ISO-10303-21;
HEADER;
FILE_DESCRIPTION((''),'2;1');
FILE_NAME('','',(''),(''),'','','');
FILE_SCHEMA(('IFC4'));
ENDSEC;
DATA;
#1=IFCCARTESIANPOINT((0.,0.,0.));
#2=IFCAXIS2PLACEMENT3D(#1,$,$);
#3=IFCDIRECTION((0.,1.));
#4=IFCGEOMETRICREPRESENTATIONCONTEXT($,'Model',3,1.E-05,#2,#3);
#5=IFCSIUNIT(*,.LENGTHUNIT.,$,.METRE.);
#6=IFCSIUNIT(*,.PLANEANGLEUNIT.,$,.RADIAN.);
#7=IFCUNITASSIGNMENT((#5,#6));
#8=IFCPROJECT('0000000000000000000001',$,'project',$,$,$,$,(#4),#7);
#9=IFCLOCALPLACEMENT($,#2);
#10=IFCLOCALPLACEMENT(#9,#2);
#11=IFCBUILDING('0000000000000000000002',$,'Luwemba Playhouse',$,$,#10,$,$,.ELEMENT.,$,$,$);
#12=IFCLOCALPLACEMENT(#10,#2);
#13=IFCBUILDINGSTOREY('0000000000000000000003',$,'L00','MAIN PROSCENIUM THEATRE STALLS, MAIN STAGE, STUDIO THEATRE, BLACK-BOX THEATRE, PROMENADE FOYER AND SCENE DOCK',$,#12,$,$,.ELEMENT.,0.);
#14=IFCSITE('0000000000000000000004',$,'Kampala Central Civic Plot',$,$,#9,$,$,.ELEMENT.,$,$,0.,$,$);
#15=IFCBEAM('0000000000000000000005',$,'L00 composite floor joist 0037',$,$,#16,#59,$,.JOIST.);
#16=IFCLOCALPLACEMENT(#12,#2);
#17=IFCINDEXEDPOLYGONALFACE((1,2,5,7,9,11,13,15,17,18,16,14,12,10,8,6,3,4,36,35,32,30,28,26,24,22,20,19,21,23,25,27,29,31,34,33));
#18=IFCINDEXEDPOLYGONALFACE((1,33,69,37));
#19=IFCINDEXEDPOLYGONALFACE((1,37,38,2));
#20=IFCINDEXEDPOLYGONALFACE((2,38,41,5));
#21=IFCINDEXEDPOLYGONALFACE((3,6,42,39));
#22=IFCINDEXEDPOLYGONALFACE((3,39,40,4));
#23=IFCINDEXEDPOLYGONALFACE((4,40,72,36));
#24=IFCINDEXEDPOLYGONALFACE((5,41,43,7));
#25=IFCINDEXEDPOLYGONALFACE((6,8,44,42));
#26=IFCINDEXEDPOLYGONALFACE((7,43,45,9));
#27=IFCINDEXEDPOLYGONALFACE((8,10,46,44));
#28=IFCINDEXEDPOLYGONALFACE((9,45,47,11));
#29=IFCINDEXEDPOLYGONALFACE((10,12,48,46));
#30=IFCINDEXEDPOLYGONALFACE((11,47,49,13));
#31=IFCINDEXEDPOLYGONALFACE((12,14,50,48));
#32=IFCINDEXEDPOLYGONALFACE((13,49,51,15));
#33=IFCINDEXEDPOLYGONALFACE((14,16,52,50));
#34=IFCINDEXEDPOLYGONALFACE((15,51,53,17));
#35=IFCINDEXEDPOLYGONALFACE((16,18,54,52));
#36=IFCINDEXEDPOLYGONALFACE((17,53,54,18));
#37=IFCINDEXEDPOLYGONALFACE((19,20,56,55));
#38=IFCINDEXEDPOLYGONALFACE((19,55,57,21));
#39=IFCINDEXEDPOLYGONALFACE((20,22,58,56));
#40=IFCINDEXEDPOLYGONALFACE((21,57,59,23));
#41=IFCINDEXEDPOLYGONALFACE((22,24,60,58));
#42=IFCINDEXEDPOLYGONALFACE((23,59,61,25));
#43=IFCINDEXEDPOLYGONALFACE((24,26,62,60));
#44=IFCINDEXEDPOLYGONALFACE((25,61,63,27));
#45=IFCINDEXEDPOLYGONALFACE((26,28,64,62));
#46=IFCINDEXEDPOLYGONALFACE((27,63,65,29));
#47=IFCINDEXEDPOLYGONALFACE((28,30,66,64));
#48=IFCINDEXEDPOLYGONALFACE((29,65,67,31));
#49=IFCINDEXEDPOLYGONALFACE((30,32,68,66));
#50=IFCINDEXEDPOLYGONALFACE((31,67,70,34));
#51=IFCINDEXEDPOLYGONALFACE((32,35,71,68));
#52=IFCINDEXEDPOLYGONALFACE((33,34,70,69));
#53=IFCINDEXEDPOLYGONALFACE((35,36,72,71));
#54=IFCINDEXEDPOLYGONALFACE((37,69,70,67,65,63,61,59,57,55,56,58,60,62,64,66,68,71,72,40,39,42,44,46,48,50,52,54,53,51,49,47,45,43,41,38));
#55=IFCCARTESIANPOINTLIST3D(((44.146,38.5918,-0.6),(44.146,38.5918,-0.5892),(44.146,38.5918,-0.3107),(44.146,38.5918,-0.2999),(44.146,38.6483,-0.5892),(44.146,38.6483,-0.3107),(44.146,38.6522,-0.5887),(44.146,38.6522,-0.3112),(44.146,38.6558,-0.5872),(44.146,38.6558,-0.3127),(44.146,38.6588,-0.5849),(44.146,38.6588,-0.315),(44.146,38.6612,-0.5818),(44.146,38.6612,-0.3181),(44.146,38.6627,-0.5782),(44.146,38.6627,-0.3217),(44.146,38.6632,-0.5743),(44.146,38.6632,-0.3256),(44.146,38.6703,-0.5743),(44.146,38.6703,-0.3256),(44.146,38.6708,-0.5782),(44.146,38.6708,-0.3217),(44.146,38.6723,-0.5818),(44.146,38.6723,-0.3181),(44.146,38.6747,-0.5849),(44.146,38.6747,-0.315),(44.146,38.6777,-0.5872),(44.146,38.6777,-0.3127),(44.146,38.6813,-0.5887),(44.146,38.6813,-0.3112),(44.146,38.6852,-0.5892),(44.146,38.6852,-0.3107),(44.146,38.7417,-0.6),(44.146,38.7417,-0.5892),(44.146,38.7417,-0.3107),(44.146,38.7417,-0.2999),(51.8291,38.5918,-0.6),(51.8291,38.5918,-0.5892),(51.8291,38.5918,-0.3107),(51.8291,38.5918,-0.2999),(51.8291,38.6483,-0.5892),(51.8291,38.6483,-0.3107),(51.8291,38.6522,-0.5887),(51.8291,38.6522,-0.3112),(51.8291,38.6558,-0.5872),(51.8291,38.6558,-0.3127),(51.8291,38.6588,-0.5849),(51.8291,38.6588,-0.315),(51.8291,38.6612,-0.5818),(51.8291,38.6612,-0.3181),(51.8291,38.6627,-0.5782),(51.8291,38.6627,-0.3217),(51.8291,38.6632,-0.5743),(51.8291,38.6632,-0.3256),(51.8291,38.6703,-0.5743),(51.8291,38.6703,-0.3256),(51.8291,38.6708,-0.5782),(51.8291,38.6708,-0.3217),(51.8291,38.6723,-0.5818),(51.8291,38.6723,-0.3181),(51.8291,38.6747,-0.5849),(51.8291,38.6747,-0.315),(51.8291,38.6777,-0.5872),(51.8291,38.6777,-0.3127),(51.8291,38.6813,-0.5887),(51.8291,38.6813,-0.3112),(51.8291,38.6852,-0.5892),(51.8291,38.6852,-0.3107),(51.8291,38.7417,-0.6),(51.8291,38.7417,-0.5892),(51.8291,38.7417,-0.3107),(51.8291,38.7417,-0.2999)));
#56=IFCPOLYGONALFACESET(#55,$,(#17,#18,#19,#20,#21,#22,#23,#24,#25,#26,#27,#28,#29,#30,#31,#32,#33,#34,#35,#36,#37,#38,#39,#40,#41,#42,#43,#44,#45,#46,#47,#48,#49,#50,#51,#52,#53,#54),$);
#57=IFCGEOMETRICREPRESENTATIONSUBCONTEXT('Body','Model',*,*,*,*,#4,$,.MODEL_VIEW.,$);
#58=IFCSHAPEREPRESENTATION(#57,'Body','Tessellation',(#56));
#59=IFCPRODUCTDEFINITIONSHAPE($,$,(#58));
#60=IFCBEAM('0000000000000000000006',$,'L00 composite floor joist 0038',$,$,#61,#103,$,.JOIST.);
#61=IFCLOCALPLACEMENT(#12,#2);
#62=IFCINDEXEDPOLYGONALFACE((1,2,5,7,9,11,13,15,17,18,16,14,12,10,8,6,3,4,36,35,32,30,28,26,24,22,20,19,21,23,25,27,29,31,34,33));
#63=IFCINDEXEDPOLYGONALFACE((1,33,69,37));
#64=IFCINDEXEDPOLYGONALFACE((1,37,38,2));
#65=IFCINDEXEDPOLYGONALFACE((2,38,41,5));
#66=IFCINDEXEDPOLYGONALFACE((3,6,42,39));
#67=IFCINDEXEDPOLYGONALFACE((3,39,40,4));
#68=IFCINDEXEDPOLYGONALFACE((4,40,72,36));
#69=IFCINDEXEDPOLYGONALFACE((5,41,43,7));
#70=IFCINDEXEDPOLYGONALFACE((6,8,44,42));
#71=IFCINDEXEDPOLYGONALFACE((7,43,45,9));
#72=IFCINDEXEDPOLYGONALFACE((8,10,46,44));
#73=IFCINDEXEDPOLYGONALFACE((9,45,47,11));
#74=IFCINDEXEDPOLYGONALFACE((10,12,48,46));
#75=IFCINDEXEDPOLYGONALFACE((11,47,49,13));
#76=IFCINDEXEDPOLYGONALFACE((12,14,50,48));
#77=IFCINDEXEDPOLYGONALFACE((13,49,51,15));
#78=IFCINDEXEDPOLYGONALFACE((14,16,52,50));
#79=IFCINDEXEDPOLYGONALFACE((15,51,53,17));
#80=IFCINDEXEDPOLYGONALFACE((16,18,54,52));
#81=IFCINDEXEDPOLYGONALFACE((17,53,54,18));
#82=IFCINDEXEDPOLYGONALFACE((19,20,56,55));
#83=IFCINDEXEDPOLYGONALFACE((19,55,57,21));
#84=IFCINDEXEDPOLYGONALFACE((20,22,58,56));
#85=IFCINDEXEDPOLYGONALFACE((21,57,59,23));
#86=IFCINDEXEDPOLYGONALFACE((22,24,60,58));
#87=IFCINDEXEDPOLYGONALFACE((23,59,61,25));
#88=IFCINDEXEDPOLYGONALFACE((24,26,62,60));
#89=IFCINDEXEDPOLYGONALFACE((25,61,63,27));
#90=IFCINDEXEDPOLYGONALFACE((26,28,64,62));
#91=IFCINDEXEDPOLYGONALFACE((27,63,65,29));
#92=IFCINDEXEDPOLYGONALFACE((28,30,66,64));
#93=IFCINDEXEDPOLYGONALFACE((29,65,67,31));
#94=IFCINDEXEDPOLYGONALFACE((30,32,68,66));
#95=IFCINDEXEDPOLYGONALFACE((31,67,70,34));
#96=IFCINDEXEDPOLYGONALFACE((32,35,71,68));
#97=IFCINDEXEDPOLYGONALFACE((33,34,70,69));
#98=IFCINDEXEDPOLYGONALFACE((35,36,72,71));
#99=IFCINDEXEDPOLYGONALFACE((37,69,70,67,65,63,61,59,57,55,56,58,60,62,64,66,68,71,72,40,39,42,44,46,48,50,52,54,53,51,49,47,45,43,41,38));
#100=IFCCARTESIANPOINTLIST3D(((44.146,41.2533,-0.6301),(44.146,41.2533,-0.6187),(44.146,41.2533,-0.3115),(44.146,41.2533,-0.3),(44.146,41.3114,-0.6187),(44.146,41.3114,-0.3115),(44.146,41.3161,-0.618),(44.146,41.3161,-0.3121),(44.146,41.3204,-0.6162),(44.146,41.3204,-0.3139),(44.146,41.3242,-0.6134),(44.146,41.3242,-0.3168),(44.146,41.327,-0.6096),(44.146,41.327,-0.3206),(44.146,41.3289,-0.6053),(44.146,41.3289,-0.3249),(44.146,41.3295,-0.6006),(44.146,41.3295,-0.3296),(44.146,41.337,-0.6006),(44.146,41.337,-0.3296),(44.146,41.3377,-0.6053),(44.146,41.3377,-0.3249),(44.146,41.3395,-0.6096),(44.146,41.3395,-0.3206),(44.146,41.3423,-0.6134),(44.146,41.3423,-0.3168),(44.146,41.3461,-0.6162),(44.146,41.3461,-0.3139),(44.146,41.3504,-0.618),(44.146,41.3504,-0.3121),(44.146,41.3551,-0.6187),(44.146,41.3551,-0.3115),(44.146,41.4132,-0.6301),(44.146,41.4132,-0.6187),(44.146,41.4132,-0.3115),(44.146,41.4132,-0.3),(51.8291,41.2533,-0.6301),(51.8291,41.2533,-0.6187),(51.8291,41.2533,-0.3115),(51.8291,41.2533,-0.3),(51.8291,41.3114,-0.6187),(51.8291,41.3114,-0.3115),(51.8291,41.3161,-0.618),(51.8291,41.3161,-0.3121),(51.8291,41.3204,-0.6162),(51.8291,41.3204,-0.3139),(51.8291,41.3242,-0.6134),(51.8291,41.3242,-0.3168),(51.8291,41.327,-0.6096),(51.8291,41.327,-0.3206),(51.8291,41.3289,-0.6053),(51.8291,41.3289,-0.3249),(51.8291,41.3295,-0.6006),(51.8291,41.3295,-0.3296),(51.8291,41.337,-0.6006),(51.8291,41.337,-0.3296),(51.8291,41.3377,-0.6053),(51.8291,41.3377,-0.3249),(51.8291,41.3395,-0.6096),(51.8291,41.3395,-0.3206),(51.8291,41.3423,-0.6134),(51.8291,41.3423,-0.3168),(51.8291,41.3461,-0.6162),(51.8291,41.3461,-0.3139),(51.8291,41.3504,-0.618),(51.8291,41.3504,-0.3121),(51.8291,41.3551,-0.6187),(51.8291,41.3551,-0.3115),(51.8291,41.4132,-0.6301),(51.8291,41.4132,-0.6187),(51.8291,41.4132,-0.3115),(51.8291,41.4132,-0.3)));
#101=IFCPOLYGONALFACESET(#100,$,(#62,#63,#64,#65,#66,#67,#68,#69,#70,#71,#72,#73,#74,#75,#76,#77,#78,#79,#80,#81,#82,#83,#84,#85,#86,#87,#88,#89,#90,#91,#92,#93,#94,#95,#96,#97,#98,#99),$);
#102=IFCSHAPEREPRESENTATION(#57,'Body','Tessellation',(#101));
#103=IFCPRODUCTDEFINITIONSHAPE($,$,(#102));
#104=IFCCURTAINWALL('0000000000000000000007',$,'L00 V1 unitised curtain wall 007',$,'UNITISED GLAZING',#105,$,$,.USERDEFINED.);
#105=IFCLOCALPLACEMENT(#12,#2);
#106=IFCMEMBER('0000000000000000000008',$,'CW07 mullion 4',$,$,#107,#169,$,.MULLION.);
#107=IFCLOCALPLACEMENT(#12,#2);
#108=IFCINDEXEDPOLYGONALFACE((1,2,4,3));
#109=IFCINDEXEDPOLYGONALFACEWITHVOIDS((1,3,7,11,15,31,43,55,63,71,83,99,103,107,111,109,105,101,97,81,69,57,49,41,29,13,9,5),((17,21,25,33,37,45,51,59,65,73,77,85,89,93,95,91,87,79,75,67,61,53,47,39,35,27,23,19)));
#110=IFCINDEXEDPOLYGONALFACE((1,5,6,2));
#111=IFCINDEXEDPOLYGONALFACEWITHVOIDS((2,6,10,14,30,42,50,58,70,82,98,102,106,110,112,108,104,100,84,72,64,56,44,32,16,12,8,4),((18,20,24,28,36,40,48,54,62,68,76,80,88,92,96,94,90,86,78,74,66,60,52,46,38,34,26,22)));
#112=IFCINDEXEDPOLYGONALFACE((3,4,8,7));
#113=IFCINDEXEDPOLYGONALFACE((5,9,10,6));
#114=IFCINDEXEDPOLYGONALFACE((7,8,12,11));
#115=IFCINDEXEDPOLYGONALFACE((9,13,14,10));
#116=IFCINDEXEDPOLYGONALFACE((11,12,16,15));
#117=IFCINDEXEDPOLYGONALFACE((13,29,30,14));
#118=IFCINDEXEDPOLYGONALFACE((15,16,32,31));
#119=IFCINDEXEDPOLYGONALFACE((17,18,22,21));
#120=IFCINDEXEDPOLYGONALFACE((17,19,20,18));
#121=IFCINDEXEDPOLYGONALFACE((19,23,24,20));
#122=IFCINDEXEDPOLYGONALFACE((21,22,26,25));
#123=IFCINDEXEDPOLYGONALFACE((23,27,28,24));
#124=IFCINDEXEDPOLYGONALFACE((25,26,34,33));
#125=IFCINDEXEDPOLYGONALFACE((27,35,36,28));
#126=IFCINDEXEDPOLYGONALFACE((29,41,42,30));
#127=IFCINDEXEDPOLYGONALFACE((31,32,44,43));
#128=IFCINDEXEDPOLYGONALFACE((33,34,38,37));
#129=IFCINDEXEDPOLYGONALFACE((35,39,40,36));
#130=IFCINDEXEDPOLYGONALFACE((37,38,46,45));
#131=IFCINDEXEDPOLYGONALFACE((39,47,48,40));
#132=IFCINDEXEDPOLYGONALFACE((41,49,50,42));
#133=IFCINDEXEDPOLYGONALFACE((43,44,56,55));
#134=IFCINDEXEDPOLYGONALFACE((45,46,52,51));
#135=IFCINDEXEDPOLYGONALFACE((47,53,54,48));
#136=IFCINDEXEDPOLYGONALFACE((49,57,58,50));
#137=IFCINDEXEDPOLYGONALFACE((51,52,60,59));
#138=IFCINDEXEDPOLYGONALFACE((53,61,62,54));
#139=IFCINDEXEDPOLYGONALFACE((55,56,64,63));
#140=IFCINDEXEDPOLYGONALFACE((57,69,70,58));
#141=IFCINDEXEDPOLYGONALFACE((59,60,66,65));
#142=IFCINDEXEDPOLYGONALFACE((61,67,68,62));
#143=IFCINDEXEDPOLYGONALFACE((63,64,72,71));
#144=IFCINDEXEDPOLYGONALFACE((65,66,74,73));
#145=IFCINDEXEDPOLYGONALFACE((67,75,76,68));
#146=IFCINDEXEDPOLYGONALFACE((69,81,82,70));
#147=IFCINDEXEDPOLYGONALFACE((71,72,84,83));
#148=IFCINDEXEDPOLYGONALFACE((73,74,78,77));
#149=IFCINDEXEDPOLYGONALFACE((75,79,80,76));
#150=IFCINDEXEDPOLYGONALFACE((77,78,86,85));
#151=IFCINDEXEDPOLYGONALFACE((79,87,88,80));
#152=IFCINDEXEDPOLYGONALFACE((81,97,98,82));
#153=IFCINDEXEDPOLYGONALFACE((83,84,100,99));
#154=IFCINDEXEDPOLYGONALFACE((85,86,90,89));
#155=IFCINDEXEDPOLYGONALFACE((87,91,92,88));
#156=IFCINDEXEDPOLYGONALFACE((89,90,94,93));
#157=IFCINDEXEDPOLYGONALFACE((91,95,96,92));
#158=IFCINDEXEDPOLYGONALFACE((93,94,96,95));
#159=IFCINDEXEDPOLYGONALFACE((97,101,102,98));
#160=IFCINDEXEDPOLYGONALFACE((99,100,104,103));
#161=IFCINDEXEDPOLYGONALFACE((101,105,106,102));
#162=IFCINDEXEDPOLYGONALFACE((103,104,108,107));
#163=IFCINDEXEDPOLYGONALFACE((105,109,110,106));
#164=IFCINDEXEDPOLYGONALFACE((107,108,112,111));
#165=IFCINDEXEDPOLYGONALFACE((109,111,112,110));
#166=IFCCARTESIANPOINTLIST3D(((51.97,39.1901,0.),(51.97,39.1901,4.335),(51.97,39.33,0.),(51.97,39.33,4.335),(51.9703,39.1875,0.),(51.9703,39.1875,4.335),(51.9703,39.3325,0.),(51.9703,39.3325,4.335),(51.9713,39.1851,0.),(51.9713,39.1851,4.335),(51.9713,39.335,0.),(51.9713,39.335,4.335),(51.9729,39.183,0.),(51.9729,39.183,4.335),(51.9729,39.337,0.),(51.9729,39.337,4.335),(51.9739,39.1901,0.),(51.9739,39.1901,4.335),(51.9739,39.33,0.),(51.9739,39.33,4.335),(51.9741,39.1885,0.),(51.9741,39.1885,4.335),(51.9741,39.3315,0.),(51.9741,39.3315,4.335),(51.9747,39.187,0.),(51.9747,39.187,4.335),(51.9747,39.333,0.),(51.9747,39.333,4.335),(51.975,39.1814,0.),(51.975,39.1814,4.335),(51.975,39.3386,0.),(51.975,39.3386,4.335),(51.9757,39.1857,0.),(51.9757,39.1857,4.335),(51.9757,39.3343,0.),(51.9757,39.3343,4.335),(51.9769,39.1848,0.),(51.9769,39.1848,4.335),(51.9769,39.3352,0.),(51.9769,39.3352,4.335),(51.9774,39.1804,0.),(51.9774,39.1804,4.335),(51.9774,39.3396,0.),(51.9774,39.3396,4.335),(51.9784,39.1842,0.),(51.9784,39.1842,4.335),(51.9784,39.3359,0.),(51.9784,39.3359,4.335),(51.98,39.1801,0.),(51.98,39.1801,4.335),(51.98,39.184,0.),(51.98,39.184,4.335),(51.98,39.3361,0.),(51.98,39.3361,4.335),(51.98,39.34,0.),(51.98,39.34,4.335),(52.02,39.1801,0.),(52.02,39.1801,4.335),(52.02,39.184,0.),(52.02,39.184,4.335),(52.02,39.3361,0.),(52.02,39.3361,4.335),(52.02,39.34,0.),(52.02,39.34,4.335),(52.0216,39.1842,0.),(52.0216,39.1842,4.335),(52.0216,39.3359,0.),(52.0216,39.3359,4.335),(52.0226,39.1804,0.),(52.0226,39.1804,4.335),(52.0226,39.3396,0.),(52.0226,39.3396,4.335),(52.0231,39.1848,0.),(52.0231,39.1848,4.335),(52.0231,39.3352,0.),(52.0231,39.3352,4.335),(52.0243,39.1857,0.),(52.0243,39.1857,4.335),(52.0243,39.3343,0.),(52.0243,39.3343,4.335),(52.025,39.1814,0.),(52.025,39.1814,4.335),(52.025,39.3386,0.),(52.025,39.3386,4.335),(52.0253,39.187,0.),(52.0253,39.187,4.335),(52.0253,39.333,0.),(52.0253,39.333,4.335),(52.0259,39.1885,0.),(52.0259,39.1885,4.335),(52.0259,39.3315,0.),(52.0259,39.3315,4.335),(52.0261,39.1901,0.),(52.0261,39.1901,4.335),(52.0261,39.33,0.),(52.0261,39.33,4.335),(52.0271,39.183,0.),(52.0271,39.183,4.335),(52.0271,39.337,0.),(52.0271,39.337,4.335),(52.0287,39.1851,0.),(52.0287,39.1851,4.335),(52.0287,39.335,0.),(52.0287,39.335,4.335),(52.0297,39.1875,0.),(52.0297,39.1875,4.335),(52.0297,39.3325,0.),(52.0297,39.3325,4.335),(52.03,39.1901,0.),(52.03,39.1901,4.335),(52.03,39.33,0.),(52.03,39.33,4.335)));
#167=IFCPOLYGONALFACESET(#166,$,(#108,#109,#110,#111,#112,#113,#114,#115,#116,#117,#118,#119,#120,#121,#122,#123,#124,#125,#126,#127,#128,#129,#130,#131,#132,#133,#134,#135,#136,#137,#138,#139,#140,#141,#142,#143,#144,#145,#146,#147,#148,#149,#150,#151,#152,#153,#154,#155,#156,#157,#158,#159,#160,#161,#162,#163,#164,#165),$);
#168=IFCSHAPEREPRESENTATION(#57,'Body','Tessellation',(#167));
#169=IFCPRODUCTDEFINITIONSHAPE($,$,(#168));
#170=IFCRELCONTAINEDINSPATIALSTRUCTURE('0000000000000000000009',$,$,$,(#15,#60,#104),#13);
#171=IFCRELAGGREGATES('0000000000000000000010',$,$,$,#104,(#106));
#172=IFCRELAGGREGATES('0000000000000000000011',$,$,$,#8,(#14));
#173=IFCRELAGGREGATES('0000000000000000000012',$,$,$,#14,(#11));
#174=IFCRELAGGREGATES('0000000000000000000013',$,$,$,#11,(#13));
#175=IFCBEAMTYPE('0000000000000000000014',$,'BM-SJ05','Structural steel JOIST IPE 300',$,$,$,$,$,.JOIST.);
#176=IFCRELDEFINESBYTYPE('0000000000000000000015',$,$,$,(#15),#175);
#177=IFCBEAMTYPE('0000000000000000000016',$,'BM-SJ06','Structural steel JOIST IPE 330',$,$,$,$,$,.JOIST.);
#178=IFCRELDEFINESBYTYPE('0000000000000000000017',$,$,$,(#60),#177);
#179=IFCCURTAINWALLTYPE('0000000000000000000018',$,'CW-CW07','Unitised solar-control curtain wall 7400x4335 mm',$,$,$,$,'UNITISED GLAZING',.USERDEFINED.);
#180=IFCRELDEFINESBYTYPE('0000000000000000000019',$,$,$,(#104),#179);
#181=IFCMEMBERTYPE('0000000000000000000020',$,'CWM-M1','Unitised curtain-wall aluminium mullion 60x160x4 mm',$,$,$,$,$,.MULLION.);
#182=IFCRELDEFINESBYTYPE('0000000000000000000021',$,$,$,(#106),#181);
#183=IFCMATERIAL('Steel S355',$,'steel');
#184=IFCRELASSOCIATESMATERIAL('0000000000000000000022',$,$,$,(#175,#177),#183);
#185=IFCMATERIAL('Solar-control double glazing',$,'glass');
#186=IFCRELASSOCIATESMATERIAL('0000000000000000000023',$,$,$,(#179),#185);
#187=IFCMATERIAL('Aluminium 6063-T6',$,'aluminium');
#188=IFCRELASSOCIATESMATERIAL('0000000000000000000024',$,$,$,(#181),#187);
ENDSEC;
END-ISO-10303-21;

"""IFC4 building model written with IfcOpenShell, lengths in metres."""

from ifc_helpers import new_model, si_unit, direction, frame, origin, origin_2d, place, context, subcontext, project, spatial, hollow_rectangle, i_section, extrude, material, material_profile, profile_set, type_object, element, aggregate, save


model = new_model("IFC4")

# Units and contexts
model_context = context("Model", 3, precision=1e-05, world=origin(), true_north=direction((0.0, 1.0)))
body_context = subcontext(model_context, "Body", "Model", "MODEL_VIEW")
ifc_project = project(units=[si_unit("LENGTHUNIT", "METRE"), si_unit("PLANEANGLEUNIT", "RADIAN")], contexts=[model_context])

# Site, building, storey
site_placement = place(None, origin())
site = spatial("IfcSite", under=ifc_project, at=site_placement, Name="Kampala Central Civic Plot", CompositionType="ELEMENT", RefElevation=0.0)
building_placement = place(site_placement, origin())
building = spatial("IfcBuilding", under=site, at=building_placement, Name="Luwemba Playhouse", CompositionType="ELEMENT")
storey_placement = place(building_placement, origin())
storey = spatial("IfcBuildingStorey", under=building, at=storey_placement, Name="L00", Description="MAIN PROSCENIUM THEATRE STALLS, MAIN STAGE, STUDIO THEATRE, BLACK-BOX THEATRE, PROMENADE FOYER AND SCENE DOCK", CompositionType="ELEMENT", Elevation=0.0)

# Beams
ifc_material_1 = material(Name="Steel S355", Category="steel")
ifc_material_profile_1 = material_profile(ifc_material_1, i_section(OverallWidth=0.1499, OverallDepth=0.3, WebThickness=0.0071, FlangeThickness=0.0107, FilletRadius=0.0149, at=origin_2d()))
ifc_profile_set_1 = profile_set([ifc_material_profile_1], Name="Steel S355")
beam_type_1 = type_object("IfcBeamType", Name="BM-SJ05", Description="Structural steel JOIST IPE 300", PredefinedType="JOIST", material=ifc_profile_set_1)
beam_1_placement = place(storey_placement, frame((44.146, 38.6667, -0.45), z_axis=(1.0, 0.0, 0.0), x_axis=(0.0, 1.0, 0.0)))
element("IfcBeam", 1, at=beam_1_placement, inside=storey, type_object=beam_type_1, Name="L00 composite floor joist 0037", PredefinedType="JOIST", context=body_context, shape_type="SweptSolid", body=[
    extrude(i_section(OverallWidth=0.1499, OverallDepth=0.3, WebThickness=0.0071, FlangeThickness=0.0107, FilletRadius=0.0149, at=origin_2d()), origin(), (0.0, 0.0, 1.0), 7.6831),
])
ifc_material_profile_2 = material_profile(ifc_material_1, i_section(OverallWidth=0.1599, OverallDepth=0.3301, WebThickness=0.0076, FlangeThickness=0.0115, FilletRadius=0.0181, at=origin_2d()))
ifc_profile_set_2 = profile_set([ifc_material_profile_2], Name="Steel S355")
beam_type_2 = type_object("IfcBeamType", Name="BM-SJ06", Description="Structural steel JOIST IPE 330", PredefinedType="JOIST", material=ifc_profile_set_2)
beam_2_placement = place(storey_placement, frame((44.146, 41.3333, -0.4651), z_axis=(1.0, 0.0, 0.0), x_axis=(0.0, 1.0, 0.0)))
element("IfcBeam", 2, at=beam_2_placement, inside=storey, type_object=beam_type_2, Name="L00 composite floor joist 0038", PredefinedType="JOIST", context=body_context, shape_type="SweptSolid", body=[
    extrude(i_section(OverallWidth=0.1599, OverallDepth=0.3301, WebThickness=0.0076, FlangeThickness=0.0115, FilletRadius=0.0181, at=origin_2d()), origin(), (0.0, 0.0, 1.0), 7.6831),
])

# Curtain wall, member
ifc_material_2 = material(Name="Solar-control double glazing", Category="glass")
curtain_wall_type = type_object("IfcCurtainWallType", Name="CW-CW07", Description="Unitised solar-control curtain wall 7400x4335 mm", ElementType="UNITISED GLAZING", PredefinedType="USERDEFINED", material=ifc_material_2)
curtain_wall_placement = place(storey_placement, origin())
curtain_wall = element("IfcCurtainWall", 3, at=curtain_wall_placement, inside=storey, type_object=curtain_wall_type, Name="L00 V1 unitised curtain wall 007", ObjectType="UNITISED GLAZING", PredefinedType="USERDEFINED")
ifc_material_3 = material(Name="Aluminium 6063-T6", Category="aluminium")
ifc_material_profile_3 = material_profile(ifc_material_3, hollow_rectangle(XDim=0.0601, YDim=0.1599, WallThickness=0.0039, InnerFilletRadius=0.0061, OuterFilletRadius=0.01, at=origin_2d()))
ifc_profile_set_3 = profile_set([ifc_material_profile_3], Name="Aluminium 6063-T6")
member_type_1 = type_object("IfcMemberType", Name="CWM-M1", Description="Unitised curtain-wall aluminium mullion 60x160x4 mm", PredefinedType="MULLION", material=ifc_profile_set_3)
member_1_placement = place(storey_placement, frame((52.0, 39.26, 0.0), z_axis=(0.0, 0.0, 1.0), x_axis=(1.0, 0.0, 0.0)))
member_1 = element("IfcMember", 4, at=member_1_placement, type_object=member_type_1, Name="CW07 mullion 4", PredefinedType="MULLION", context=body_context, shape_type="SweptSolid", body=[
    extrude(hollow_rectangle(XDim=0.0601, YDim=0.1599, WallThickness=0.0039, InnerFilletRadius=0.0061, OuterFilletRadius=0.01, at=origin_2d()), origin(), (0.0, 0.0, 1.0), 4.335),
])
aggregate(curtain_wall, [member_1])

save(model, "model.ifc")
